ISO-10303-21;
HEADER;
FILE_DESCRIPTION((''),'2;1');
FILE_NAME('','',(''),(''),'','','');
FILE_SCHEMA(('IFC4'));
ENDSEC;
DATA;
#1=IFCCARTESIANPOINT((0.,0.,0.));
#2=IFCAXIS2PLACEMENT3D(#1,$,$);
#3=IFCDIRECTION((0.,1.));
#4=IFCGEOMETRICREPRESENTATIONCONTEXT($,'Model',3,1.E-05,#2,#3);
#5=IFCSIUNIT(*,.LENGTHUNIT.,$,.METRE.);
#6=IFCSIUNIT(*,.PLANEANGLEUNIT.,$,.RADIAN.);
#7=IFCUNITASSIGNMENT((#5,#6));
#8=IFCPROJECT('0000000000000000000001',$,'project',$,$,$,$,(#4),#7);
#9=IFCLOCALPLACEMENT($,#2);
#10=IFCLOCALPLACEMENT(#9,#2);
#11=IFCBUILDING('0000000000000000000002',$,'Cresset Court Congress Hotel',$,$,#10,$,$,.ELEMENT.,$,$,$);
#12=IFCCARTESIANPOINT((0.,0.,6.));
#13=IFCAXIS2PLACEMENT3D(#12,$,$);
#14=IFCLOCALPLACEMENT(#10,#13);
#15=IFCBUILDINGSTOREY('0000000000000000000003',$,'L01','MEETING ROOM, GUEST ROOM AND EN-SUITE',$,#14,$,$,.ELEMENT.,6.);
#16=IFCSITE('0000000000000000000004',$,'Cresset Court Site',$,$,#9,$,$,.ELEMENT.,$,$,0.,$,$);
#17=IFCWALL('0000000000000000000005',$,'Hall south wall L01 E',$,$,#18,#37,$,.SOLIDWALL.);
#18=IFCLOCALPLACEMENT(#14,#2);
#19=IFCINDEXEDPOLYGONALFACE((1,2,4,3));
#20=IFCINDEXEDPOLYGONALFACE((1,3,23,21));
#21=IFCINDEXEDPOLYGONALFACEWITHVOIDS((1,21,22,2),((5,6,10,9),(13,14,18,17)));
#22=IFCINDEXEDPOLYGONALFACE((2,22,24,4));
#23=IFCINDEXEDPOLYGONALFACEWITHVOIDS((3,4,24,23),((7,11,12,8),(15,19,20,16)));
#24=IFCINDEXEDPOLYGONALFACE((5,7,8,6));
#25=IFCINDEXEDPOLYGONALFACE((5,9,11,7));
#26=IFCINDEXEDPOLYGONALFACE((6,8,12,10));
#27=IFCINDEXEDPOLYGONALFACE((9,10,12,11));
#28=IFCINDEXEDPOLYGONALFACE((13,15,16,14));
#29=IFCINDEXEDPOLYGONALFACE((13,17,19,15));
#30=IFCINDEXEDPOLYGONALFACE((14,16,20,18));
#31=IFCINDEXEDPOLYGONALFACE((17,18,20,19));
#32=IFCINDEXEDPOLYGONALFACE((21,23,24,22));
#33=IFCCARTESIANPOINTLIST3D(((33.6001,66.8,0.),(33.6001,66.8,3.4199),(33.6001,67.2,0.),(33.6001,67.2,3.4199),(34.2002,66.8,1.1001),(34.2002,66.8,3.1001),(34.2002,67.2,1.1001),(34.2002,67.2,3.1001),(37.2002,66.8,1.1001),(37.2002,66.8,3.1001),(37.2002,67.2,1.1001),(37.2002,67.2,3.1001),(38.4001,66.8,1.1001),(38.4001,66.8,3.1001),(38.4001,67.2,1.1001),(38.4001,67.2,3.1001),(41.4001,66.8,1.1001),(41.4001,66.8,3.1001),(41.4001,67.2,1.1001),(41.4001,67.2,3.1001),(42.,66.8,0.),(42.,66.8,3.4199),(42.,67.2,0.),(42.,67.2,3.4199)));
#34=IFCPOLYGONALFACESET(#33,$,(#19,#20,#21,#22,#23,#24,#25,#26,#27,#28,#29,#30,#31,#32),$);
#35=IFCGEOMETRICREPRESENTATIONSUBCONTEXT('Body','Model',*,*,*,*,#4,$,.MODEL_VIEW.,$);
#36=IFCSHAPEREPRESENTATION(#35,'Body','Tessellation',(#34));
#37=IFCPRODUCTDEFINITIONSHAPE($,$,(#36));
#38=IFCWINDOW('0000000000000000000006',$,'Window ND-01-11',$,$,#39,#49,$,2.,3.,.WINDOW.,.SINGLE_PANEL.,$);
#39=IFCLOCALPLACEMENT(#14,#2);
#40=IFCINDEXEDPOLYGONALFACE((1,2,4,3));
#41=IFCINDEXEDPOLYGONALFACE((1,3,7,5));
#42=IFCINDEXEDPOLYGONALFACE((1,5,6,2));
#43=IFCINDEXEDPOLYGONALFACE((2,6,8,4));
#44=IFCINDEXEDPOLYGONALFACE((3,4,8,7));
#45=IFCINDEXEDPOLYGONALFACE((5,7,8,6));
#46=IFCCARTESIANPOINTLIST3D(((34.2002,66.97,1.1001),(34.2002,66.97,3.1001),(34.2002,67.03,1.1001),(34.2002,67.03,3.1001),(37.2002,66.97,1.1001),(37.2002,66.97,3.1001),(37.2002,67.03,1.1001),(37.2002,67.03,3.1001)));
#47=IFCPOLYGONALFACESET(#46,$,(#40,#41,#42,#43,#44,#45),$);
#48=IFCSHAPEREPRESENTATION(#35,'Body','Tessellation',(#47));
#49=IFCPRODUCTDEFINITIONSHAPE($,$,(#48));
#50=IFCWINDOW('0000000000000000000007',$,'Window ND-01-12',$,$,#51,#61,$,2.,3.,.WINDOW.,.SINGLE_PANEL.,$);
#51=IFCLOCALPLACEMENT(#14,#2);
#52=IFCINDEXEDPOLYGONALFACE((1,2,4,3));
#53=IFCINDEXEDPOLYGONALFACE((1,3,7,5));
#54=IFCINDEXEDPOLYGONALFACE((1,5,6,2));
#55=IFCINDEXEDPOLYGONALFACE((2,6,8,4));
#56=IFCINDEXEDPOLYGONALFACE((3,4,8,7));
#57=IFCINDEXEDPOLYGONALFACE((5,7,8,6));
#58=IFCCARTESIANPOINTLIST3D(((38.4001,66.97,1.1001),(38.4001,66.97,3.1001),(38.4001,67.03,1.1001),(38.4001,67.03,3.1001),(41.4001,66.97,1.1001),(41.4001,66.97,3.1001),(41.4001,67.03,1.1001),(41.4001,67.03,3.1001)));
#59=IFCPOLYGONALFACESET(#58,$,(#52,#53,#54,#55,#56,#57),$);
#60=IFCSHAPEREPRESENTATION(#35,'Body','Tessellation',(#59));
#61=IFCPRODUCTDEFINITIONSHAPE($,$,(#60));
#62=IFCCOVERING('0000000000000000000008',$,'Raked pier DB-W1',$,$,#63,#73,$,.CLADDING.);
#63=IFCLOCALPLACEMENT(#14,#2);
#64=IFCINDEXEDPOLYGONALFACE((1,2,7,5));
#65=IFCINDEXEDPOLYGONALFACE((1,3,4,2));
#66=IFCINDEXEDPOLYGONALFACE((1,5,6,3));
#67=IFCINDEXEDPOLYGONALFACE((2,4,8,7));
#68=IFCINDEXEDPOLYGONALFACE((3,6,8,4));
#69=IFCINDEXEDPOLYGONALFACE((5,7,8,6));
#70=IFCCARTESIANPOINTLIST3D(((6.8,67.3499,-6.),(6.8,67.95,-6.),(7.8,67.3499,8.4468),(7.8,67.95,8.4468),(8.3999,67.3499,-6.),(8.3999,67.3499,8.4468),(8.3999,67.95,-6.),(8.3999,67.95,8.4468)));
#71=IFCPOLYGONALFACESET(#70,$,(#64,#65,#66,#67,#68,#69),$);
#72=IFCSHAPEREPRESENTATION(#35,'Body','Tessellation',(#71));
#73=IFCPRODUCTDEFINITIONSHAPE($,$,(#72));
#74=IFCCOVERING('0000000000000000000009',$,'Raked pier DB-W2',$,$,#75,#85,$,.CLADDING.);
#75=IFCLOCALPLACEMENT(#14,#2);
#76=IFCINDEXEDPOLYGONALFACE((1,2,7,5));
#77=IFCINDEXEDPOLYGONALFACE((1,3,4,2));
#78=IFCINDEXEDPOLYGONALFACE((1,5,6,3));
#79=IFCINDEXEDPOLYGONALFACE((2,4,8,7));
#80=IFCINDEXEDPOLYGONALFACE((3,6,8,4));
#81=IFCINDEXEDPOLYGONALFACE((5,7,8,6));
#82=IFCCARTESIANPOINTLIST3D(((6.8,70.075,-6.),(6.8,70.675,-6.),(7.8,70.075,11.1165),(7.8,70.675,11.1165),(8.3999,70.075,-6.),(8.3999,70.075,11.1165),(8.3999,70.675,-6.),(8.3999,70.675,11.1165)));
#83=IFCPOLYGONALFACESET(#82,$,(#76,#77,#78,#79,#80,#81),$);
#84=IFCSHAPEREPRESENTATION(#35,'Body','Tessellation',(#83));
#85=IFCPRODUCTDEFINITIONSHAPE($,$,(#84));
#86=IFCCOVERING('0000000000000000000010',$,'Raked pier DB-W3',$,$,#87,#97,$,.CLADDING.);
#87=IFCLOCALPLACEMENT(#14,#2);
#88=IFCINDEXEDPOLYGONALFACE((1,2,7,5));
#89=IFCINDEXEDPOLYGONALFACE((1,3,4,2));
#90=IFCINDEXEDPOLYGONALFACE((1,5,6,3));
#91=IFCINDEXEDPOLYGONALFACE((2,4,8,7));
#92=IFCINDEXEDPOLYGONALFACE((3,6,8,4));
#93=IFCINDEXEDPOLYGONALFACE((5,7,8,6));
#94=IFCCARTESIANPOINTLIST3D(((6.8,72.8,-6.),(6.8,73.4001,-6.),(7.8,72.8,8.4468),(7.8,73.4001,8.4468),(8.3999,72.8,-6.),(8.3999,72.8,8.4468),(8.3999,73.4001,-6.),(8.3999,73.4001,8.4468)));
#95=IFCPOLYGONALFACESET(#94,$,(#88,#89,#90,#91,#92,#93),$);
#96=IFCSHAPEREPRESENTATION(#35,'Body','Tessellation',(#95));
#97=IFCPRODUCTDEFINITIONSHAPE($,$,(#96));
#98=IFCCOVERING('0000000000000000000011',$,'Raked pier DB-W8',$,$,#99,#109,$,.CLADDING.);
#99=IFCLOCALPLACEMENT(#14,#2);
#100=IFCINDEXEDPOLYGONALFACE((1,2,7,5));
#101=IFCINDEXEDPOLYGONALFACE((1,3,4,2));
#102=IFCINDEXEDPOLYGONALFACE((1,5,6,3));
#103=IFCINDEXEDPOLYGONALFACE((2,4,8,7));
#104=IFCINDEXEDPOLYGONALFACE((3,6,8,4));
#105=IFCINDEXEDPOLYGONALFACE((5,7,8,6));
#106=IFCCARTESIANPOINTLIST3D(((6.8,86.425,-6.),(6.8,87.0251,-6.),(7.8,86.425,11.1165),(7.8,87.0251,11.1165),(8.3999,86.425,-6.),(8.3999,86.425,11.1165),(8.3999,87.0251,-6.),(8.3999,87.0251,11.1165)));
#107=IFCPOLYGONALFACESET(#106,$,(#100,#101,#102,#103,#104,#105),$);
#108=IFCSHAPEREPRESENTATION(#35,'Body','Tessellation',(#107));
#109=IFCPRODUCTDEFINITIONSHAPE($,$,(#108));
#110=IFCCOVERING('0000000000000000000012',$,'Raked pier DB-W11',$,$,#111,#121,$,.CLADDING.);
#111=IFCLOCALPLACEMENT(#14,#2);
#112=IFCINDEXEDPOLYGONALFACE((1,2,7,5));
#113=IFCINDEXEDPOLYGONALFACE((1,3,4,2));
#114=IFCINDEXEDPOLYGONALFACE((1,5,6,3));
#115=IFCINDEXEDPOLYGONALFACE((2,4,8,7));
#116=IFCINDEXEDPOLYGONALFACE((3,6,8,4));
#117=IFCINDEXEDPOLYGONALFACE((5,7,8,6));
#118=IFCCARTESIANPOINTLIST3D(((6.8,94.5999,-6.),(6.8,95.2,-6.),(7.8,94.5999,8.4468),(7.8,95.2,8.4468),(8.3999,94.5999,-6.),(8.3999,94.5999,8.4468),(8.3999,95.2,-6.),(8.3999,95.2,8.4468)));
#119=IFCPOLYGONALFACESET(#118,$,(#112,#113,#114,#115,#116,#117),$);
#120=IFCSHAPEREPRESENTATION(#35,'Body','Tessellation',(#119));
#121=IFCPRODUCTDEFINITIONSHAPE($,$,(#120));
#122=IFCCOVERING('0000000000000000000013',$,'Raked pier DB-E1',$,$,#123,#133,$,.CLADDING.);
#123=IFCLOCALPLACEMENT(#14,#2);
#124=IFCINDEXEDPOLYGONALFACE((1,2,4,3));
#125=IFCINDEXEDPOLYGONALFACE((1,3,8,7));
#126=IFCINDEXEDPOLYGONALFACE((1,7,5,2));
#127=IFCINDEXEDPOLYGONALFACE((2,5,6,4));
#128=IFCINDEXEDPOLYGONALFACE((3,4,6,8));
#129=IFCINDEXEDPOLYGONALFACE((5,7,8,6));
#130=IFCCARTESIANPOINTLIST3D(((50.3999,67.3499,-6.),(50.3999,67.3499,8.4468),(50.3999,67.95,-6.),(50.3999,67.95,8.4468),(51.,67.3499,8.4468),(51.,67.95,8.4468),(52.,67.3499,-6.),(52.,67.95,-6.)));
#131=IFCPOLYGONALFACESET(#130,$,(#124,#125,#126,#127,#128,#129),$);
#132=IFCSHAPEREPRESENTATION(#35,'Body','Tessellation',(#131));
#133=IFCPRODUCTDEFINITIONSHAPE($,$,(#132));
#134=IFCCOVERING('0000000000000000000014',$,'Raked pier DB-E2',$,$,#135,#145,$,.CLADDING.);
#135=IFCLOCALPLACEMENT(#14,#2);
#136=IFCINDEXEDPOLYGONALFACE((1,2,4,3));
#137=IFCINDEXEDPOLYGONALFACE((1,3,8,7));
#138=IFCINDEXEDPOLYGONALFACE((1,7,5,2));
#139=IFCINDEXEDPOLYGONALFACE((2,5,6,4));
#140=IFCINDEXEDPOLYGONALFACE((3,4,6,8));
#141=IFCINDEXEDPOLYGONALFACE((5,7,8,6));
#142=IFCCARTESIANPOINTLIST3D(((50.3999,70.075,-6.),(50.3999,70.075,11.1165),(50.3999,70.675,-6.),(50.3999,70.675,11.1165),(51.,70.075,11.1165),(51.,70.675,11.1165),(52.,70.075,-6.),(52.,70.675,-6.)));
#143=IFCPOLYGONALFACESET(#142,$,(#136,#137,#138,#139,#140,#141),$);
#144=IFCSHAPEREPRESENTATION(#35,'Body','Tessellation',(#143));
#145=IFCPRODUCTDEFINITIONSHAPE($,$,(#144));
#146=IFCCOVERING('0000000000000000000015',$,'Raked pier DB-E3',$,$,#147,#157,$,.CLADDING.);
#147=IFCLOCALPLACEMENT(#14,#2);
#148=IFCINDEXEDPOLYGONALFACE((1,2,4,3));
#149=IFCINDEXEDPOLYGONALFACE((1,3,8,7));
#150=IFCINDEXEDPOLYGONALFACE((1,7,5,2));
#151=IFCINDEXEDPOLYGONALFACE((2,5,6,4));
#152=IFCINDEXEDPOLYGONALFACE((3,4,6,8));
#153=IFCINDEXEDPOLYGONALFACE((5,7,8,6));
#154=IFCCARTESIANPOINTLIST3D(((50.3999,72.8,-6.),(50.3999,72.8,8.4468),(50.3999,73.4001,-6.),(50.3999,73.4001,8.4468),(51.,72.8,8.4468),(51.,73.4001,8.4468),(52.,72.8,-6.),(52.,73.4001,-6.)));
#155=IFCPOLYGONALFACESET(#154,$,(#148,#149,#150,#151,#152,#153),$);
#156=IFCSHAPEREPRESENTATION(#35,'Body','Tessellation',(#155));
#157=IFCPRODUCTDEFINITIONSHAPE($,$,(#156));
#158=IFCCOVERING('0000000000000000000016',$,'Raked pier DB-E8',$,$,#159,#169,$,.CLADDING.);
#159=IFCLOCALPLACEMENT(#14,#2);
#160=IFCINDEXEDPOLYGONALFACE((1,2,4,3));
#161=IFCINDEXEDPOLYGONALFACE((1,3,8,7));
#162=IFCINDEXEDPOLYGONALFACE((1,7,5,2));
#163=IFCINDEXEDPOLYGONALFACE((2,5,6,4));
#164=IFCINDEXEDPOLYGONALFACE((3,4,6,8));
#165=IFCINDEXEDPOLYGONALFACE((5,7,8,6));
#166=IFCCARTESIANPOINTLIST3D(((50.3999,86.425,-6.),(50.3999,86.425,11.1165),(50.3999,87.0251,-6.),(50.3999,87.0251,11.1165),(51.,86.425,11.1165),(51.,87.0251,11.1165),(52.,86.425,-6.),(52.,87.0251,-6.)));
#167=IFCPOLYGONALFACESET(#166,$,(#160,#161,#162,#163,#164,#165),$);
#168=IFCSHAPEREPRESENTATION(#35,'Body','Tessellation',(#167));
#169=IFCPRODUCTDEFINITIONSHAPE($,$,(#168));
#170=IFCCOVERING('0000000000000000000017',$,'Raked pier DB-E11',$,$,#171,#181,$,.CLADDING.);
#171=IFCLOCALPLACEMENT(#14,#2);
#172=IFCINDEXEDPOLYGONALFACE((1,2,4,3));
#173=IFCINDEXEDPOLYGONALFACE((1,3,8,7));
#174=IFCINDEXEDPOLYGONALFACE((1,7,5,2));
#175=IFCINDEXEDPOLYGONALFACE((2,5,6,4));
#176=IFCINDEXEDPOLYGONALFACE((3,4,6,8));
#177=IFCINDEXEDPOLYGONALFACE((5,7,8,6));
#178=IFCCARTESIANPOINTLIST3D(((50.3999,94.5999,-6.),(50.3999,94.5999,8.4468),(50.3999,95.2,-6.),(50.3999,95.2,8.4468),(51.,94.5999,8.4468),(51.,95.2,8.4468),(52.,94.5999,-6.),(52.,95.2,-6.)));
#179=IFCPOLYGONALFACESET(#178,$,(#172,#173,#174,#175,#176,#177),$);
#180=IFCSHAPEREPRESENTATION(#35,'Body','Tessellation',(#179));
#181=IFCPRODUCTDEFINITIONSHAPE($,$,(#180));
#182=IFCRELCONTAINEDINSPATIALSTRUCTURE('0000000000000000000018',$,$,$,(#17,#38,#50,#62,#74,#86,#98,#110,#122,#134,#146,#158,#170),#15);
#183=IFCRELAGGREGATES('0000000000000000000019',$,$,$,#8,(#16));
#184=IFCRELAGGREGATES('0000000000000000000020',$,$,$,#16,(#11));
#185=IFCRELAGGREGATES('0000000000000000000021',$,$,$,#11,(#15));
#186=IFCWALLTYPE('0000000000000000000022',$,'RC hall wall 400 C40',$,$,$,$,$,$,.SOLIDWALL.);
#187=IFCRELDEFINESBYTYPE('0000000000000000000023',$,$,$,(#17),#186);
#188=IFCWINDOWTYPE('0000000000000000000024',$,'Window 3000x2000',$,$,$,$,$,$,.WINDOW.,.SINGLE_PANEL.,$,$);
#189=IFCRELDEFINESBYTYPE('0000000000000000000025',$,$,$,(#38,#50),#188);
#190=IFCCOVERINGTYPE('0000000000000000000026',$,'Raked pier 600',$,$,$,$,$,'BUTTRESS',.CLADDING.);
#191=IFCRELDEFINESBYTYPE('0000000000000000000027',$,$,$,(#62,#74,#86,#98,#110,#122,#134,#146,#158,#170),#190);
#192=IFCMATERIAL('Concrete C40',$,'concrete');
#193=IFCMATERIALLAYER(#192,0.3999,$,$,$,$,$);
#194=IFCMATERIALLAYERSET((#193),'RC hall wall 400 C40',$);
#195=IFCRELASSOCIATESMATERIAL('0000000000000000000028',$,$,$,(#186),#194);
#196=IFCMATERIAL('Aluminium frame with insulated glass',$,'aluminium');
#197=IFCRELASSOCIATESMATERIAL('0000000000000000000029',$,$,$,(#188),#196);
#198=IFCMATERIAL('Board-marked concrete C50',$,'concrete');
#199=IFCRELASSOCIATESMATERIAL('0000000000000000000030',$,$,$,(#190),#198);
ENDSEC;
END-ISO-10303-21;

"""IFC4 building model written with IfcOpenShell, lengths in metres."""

from ifc_helpers import new_model, si_unit, direction, frame, frame_2d, origin, place, context, subcontext, project, spatial, polyline, rectangle, outline, extrude, material, layer, layer_set, type_object, element, fill, save


model = new_model("IFC4")

# Units and contexts
model_context = context("Model", 3, precision=1e-05, world=origin(), true_north=direction((0.0, 1.0)))
body_context = subcontext(model_context, "Body", "Model", "MODEL_VIEW")
ifc_project = project(units=[si_unit("LENGTHUNIT", "METRE"), si_unit("PLANEANGLEUNIT", "RADIAN")], contexts=[model_context])

# Site, building, storey
site_placement = place(None, origin())
site = spatial("IfcSite", under=ifc_project, at=site_placement, Name="Cresset Court Site", CompositionType="ELEMENT", RefElevation=0.0)
building_placement = place(site_placement, origin())
building = spatial("IfcBuilding", under=site, at=building_placement, Name="Cresset Court Congress Hotel", CompositionType="ELEMENT")
storey_placement = place(building_placement, frame((0.0, 0.0, 6.0)))
storey = spatial("IfcBuildingStorey", under=building, at=storey_placement, Name="L01", Description="MEETING ROOM, GUEST ROOM AND EN-SUITE", CompositionType="ELEMENT", Elevation=6.0)

# Wall, openings, windows
ifc_material_1 = material(Name="Concrete C40", Category="concrete")
ifc_layer_1 = layer(ifc_material_1, 0.3999)
ifc_layer_set_1 = layer_set([ifc_layer_1], Name="RC hall wall 400 C40")
wall_type_1 = type_object("IfcWallType", Name="RC hall wall 400 C40", PredefinedType="SOLIDWALL", material=ifc_layer_set_1)
ifc_material_2 = material(Name="Aluminium frame with insulated glass", Category="aluminium")
window_type = type_object("IfcWindowType", Name="Window 3000x2000", PartitioningType="SINGLE_PANEL", PredefinedType="WINDOW", material=ifc_material_2)
wall_1_placement = place(storey_placement, frame((33.6001, 67.0, 0.0), z_axis=(0.0, 0.0, 1.0), x_axis=(1.0, 0.0, 0.0)))
wall_1 = element("IfcWall", 1, at=wall_1_placement, inside=storey, type_object=wall_type_1, Name="Hall south wall L01 E", PredefinedType="SOLIDWALL", context=body_context, shape_type="SweptSolid", body=[
    extrude(rectangle(XDim=8.3999, YDim=0.3999, at=frame_2d((4.2, 0.0))), origin(), (0.0, 0.0, 1.0), 3.4199),
])
opening_1_placement = place(wall_1_placement, frame((0.6001, 0.0, 1.1001)))
opening_1 = element("IfcOpeningElement", 2, at=opening_1_placement, cuts=wall_1, PredefinedType="OPENING", context=body_context, shape_type="SweptSolid", body=[
    extrude(rectangle(XDim=3.0, YDim=2.0, at=frame_2d((1.5, 1.0))), frame((0.0, 0.21, 0.0), z_axis=(0.0, -1.0, 0.0), x_axis=(1.0, 0.0, 0.0)), (0.0, 0.0, 1.0), 0.4199),
])
opening_2_placement = place(wall_1_placement, frame((4.8, 0.0, 1.1001)))
opening_2 = element("IfcOpeningElement", 3, at=opening_2_placement, cuts=wall_1, PredefinedType="OPENING", context=body_context, shape_type="SweptSolid", body=[
    extrude(rectangle(XDim=3.0, YDim=2.0, at=frame_2d((1.5, 1.0))), frame((0.0, 0.21, 0.0), z_axis=(0.0, -1.0, 0.0), x_axis=(1.0, 0.0, 0.0)), (0.0, 0.0, 1.0), 0.4199),
])
window_1_placement = place(opening_1_placement, origin())
window_1 = element("IfcWindow", 4, at=window_1_placement, inside=storey, type_object=window_type, Name="Window ND-01-11", OverallHeight=2.0, OverallWidth=3.0, PartitioningType="SINGLE_PANEL", PredefinedType="WINDOW", context=body_context, shape_type="SweptSolid", body=[
    extrude(rectangle(XDim=3.0, YDim=2.0, at=frame_2d((1.5, 1.0))), frame((0.0, 0.03, 0.0), z_axis=(0.0, -1.0, 0.0), x_axis=(1.0, 0.0, 0.0)), (0.0, 0.0, 1.0), 0.0601),
])
fill(opening_1, window_1)
window_2_placement = place(opening_2_placement, origin())
window_2 = element("IfcWindow", 5, at=window_2_placement, inside=storey, type_object=window_type, Name="Window ND-01-12", OverallHeight=2.0, OverallWidth=3.0, PartitioningType="SINGLE_PANEL", PredefinedType="WINDOW", context=body_context, shape_type="SweptSolid", body=[
    extrude(rectangle(XDim=3.0, YDim=2.0, at=frame_2d((1.5, 1.0))), frame((0.0, 0.03, 0.0), z_axis=(0.0, -1.0, 0.0), x_axis=(1.0, 0.0, 0.0)), (0.0, 0.0, 1.0), 0.0601),
])
fill(opening_2, window_2)

# Coverings
ifc_material_3 = material(Name="Board-marked concrete C50", Category="concrete")
covering_type_1 = type_object("IfcCoveringType", Name="Raked pier 600", ElementType="BUTTRESS", PredefinedType="CLADDING", material=ifc_material_3)
covering_1_placement = place(storey_placement, frame((0.0, 67.6499, -6.0)))
element("IfcCovering", 6, at=covering_1_placement, inside=storey, type_object=covering_type_1, Name="Raked pier DB-W1", PredefinedType="CLADDING", context=body_context, shape_type="SweptSolid", body=[
    extrude(outline(polyline([(8.3999, 14.4468), (7.8, 14.4468), (6.8, 0.0), (8.3999, 0.0), (8.3999, 14.4468)])), frame((0.0, 0.3, 0.0), z_axis=(0.0, -1.0, 0.0), x_axis=(1.0, 0.0, 0.0)), (0.0, 0.0, 1.0), 0.6001),
])
covering_2_placement = place(storey_placement, frame((0.0, 70.375, -6.0)))
element("IfcCovering", 7, at=covering_2_placement, inside=storey, type_object=covering_type_1, Name="Raked pier DB-W2", PredefinedType="CLADDING", context=body_context, shape_type="SweptSolid", body=[
    extrude(outline(polyline([(8.3999, 17.1165), (7.8, 17.1165), (6.8, 0.0), (8.3999, 0.0), (8.3999, 17.1165)])), frame((0.0, 0.3, 0.0), z_axis=(0.0, -1.0, 0.0), x_axis=(1.0, 0.0, 0.0)), (0.0, 0.0, 1.0), 0.6001),
])
covering_3_placement = place(storey_placement, frame((0.0, 73.1001, -6.0)))
element("IfcCovering", 8, at=covering_3_placement, inside=storey, type_object=covering_type_1, Name="Raked pier DB-W3", PredefinedType="CLADDING", context=body_context, shape_type="SweptSolid", body=[
    extrude(outline(polyline([(8.3999, 14.4468), (7.8, 14.4468), (6.8, 0.0), (8.3999, 0.0), (8.3999, 14.4468)])), frame((0.0, 0.3, 0.0), z_axis=(0.0, -1.0, 0.0), x_axis=(1.0, 0.0, 0.0)), (0.0, 0.0, 1.0), 0.6001),
])
covering_4_placement = place(storey_placement, frame((0.0, 86.7251, -6.0)))
element("IfcCovering", 9, at=covering_4_placement, inside=storey, type_object=covering_type_1, Name="Raked pier DB-W8", PredefinedType="CLADDING", context=body_context, shape_type="SweptSolid", body=[
    extrude(outline(polyline([(8.3999, 17.1165), (7.8, 17.1165), (6.8, 0.0), (8.3999, 0.0), (8.3999, 17.1165)])), frame((0.0, 0.3, 0.0), z_axis=(0.0, -1.0, 0.0), x_axis=(1.0, 0.0, 0.0)), (0.0, 0.0, 1.0), 0.6001),
])
covering_5_placement = place(storey_placement, frame((0.0, 94.8999, -6.0)))
element("IfcCovering", 10, at=covering_5_placement, inside=storey, type_object=covering_type_1, Name="Raked pier DB-W11", PredefinedType="CLADDING", context=body_context, shape_type="SweptSolid", body=[
    extrude(outline(polyline([(8.3999, 14.4468), (7.8, 14.4468), (6.8, 0.0), (8.3999, 0.0), (8.3999, 14.4468)])), frame((0.0, 0.3, 0.0), z_axis=(0.0, -1.0, 0.0), x_axis=(1.0, 0.0, 0.0)), (0.0, 0.0, 1.0), 0.6001),
])
covering_6_placement = place(storey_placement, frame((0.0, 67.6499, -6.0)))
element("IfcCovering", 11, at=covering_6_placement, inside=storey, type_object=covering_type_1, Name="Raked pier DB-E1", PredefinedType="CLADDING", context=body_context, shape_type="SweptSolid", body=[
    extrude(outline(polyline([(50.3999, 0.0), (52.0, 0.0), (51.0, 14.4468), (50.3999, 14.4468), (50.3999, 0.0)])), frame((0.0, 0.3, 0.0), z_axis=(0.0, -1.0, 0.0), x_axis=(1.0, 0.0, 0.0)), (0.0, 0.0, 1.0), 0.6001),
])
covering_7_placement = place(storey_placement, frame((0.0, 70.375, -6.0)))
element("IfcCovering", 12, at=covering_7_placement, inside=storey, type_object=covering_type_1, Name="Raked pier DB-E2", PredefinedType="CLADDING", context=body_context, shape_type="SweptSolid", body=[
    extrude(outline(polyline([(50.3999, 0.0), (52.0, 0.0), (51.0, 17.1165), (50.3999, 17.1165), (50.3999, 0.0)])), frame((0.0, 0.3, 0.0), z_axis=(0.0, -1.0, 0.0), x_axis=(1.0, 0.0, 0.0)), (0.0, 0.0, 1.0), 0.6001),
])
covering_8_placement = place(storey_placement, frame((0.0, 73.1001, -6.0)))
element("IfcCovering", 13, at=covering_8_placement, inside=storey, type_object=covering_type_1, Name="Raked pier DB-E3", PredefinedType="CLADDING", context=body_context, shape_type="SweptSolid", body=[
    extrude(outline(polyline([(50.3999, 0.0), (52.0, 0.0), (51.0, 14.4468), (50.3999, 14.4468), (50.3999, 0.0)])), frame((0.0, 0.3, 0.0), z_axis=(0.0, -1.0, 0.0), x_axis=(1.0, 0.0, 0.0)), (0.0, 0.0, 1.0), 0.6001),
])
covering_9_placement = place(storey_placement, frame((0.0, 86.7251, -6.0)))
element("IfcCovering", 14, at=covering_9_placement, inside=storey, type_object=covering_type_1, Name="Raked pier DB-E8", PredefinedType="CLADDING", context=body_context, shape_type="SweptSolid", body=[
    extrude(outline(polyline([(50.3999, 0.0), (52.0, 0.0), (51.0, 17.1165), (50.3999, 17.1165), (50.3999, 0.0)])), frame((0.0, 0.3, 0.0), z_axis=(0.0, -1.0, 0.0), x_axis=(1.0, 0.0, 0.0)), (0.0, 0.0, 1.0), 0.6001),
])
covering_10_placement = place(storey_placement, frame((0.0, 94.8999, -6.0)))
element("IfcCovering", 15, at=covering_10_placement, inside=storey, type_object=covering_type_1, Name="Raked pier DB-E11", PredefinedType="CLADDING", context=body_context, shape_type="SweptSolid", body=[
    extrude(outline(polyline([(50.3999, 0.0), (52.0, 0.0), (51.0, 14.4468), (50.3999, 14.4468), (50.3999, 0.0)])), frame((0.0, 0.3, 0.0), z_axis=(0.0, -1.0, 0.0), x_axis=(1.0, 0.0, 0.0)), (0.0, 0.0, 1.0), 0.6001),
])

save(model, "model.ifc")
